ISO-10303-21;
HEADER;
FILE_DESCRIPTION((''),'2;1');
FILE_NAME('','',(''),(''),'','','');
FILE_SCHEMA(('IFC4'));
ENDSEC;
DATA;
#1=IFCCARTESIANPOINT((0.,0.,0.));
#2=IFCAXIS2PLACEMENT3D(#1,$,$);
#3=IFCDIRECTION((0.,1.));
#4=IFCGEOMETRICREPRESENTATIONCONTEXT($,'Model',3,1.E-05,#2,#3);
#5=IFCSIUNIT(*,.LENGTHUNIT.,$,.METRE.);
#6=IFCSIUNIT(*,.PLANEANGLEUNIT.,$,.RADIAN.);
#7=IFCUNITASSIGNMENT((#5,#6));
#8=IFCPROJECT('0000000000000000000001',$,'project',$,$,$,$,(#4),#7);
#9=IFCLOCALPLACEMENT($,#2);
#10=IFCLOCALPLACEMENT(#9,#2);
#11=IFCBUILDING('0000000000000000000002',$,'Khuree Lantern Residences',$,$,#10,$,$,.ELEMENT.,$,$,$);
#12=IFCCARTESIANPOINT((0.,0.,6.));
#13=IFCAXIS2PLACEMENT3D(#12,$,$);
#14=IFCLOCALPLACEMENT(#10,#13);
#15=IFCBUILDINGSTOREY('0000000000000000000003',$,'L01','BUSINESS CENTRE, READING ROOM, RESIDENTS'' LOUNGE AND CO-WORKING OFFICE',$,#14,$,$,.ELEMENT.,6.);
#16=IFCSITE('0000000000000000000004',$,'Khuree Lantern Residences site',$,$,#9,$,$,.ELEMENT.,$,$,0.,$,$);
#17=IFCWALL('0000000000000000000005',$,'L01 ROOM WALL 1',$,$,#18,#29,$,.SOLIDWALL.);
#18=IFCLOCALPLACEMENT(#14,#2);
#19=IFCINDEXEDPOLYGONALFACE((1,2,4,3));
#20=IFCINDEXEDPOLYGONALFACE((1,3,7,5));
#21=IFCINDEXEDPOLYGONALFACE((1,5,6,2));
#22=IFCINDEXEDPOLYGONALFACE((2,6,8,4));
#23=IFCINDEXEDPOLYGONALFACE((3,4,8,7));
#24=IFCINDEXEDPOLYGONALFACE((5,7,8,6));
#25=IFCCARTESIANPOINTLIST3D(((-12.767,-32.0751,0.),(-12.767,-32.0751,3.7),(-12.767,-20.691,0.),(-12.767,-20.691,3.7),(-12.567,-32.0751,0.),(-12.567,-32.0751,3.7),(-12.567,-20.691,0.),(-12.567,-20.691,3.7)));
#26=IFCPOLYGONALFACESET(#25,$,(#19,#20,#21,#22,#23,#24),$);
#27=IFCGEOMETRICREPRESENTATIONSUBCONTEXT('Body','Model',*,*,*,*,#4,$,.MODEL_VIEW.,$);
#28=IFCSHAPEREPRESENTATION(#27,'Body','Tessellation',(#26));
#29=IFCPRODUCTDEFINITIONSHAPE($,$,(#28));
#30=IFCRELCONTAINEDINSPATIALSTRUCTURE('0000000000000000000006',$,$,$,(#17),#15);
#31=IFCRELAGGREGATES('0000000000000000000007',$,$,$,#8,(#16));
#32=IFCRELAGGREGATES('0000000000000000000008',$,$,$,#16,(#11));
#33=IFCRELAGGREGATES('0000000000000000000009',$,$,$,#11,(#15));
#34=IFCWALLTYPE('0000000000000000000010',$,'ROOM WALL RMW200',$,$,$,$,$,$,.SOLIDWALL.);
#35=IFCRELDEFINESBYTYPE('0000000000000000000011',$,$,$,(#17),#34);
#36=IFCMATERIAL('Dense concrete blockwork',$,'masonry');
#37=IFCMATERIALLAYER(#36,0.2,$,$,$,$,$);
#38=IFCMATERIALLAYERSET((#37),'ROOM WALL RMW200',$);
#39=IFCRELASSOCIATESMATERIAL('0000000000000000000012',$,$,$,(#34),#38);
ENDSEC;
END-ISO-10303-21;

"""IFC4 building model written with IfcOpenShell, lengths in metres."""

from ifc_helpers import new_model, si_unit, direction, frame, frame_2d, origin, place, context, subcontext, project, spatial, rectangle, extrude, material, layer, layer_set, type_object, element, save


model = new_model("IFC4")

# Units and contexts
model_context = context("Model", 3, precision=1e-05, world=origin(), true_north=direction((0.0, 1.0)))
body_context = subcontext(model_context, "Body", "Model", "MODEL_VIEW")
ifc_project = project(units=[si_unit("LENGTHUNIT", "METRE"), si_unit("PLANEANGLEUNIT", "RADIAN")], contexts=[model_context])

# Site, building, storey
site_placement = place(None, origin())
site = spatial("IfcSite", under=ifc_project, at=site_placement, Name="Khuree Lantern Residences site", CompositionType="ELEMENT", RefElevation=0.0)
building_placement = place(site_placement, origin())
building = spatial("IfcBuilding", under=site, at=building_placement, Name="Khuree Lantern Residences", CompositionType="ELEMENT")
storey_placement = place(building_placement, frame((0.0, 0.0, 6.0)))
storey = spatial("IfcBuildingStorey", under=building, at=storey_placement, Name="L01", Description="BUSINESS CENTRE, READING ROOM, RESIDENTS' LOUNGE AND CO-WORKING OFFICE", CompositionType="ELEMENT", Elevation=6.0)

# Wall
ifc_material_1 = material(Name="Dense concrete blockwork", Category="masonry")
ifc_layer_1 = layer(ifc_material_1, 0.2)
ifc_layer_set_1 = layer_set([ifc_layer_1], Name="ROOM WALL RMW200")
wall_type_1 = type_object("IfcWallType", Name="ROOM WALL RMW200", PredefinedType="SOLIDWALL", material=ifc_layer_set_1)
wall_1_placement = place(storey_placement, frame((-12.667, -32.075, 0.0), z_axis=(0.0, 0.0, 1.0), x_axis=(0.0, 1.0, 0.0)))
element("IfcWall", 1, at=wall_1_placement, inside=storey, type_object=wall_type_1, Name="L01 ROOM WALL 1", PredefinedType="SOLIDWALL", context=body_context, shape_type="SweptSolid", body=[
    extrude(rectangle(XDim=11.384, YDim=0.2, at=frame_2d((5.6919, 0.0))), origin(), (0.0, 0.0, 1.0), 3.7),
])

save(model, "model.ifc")
